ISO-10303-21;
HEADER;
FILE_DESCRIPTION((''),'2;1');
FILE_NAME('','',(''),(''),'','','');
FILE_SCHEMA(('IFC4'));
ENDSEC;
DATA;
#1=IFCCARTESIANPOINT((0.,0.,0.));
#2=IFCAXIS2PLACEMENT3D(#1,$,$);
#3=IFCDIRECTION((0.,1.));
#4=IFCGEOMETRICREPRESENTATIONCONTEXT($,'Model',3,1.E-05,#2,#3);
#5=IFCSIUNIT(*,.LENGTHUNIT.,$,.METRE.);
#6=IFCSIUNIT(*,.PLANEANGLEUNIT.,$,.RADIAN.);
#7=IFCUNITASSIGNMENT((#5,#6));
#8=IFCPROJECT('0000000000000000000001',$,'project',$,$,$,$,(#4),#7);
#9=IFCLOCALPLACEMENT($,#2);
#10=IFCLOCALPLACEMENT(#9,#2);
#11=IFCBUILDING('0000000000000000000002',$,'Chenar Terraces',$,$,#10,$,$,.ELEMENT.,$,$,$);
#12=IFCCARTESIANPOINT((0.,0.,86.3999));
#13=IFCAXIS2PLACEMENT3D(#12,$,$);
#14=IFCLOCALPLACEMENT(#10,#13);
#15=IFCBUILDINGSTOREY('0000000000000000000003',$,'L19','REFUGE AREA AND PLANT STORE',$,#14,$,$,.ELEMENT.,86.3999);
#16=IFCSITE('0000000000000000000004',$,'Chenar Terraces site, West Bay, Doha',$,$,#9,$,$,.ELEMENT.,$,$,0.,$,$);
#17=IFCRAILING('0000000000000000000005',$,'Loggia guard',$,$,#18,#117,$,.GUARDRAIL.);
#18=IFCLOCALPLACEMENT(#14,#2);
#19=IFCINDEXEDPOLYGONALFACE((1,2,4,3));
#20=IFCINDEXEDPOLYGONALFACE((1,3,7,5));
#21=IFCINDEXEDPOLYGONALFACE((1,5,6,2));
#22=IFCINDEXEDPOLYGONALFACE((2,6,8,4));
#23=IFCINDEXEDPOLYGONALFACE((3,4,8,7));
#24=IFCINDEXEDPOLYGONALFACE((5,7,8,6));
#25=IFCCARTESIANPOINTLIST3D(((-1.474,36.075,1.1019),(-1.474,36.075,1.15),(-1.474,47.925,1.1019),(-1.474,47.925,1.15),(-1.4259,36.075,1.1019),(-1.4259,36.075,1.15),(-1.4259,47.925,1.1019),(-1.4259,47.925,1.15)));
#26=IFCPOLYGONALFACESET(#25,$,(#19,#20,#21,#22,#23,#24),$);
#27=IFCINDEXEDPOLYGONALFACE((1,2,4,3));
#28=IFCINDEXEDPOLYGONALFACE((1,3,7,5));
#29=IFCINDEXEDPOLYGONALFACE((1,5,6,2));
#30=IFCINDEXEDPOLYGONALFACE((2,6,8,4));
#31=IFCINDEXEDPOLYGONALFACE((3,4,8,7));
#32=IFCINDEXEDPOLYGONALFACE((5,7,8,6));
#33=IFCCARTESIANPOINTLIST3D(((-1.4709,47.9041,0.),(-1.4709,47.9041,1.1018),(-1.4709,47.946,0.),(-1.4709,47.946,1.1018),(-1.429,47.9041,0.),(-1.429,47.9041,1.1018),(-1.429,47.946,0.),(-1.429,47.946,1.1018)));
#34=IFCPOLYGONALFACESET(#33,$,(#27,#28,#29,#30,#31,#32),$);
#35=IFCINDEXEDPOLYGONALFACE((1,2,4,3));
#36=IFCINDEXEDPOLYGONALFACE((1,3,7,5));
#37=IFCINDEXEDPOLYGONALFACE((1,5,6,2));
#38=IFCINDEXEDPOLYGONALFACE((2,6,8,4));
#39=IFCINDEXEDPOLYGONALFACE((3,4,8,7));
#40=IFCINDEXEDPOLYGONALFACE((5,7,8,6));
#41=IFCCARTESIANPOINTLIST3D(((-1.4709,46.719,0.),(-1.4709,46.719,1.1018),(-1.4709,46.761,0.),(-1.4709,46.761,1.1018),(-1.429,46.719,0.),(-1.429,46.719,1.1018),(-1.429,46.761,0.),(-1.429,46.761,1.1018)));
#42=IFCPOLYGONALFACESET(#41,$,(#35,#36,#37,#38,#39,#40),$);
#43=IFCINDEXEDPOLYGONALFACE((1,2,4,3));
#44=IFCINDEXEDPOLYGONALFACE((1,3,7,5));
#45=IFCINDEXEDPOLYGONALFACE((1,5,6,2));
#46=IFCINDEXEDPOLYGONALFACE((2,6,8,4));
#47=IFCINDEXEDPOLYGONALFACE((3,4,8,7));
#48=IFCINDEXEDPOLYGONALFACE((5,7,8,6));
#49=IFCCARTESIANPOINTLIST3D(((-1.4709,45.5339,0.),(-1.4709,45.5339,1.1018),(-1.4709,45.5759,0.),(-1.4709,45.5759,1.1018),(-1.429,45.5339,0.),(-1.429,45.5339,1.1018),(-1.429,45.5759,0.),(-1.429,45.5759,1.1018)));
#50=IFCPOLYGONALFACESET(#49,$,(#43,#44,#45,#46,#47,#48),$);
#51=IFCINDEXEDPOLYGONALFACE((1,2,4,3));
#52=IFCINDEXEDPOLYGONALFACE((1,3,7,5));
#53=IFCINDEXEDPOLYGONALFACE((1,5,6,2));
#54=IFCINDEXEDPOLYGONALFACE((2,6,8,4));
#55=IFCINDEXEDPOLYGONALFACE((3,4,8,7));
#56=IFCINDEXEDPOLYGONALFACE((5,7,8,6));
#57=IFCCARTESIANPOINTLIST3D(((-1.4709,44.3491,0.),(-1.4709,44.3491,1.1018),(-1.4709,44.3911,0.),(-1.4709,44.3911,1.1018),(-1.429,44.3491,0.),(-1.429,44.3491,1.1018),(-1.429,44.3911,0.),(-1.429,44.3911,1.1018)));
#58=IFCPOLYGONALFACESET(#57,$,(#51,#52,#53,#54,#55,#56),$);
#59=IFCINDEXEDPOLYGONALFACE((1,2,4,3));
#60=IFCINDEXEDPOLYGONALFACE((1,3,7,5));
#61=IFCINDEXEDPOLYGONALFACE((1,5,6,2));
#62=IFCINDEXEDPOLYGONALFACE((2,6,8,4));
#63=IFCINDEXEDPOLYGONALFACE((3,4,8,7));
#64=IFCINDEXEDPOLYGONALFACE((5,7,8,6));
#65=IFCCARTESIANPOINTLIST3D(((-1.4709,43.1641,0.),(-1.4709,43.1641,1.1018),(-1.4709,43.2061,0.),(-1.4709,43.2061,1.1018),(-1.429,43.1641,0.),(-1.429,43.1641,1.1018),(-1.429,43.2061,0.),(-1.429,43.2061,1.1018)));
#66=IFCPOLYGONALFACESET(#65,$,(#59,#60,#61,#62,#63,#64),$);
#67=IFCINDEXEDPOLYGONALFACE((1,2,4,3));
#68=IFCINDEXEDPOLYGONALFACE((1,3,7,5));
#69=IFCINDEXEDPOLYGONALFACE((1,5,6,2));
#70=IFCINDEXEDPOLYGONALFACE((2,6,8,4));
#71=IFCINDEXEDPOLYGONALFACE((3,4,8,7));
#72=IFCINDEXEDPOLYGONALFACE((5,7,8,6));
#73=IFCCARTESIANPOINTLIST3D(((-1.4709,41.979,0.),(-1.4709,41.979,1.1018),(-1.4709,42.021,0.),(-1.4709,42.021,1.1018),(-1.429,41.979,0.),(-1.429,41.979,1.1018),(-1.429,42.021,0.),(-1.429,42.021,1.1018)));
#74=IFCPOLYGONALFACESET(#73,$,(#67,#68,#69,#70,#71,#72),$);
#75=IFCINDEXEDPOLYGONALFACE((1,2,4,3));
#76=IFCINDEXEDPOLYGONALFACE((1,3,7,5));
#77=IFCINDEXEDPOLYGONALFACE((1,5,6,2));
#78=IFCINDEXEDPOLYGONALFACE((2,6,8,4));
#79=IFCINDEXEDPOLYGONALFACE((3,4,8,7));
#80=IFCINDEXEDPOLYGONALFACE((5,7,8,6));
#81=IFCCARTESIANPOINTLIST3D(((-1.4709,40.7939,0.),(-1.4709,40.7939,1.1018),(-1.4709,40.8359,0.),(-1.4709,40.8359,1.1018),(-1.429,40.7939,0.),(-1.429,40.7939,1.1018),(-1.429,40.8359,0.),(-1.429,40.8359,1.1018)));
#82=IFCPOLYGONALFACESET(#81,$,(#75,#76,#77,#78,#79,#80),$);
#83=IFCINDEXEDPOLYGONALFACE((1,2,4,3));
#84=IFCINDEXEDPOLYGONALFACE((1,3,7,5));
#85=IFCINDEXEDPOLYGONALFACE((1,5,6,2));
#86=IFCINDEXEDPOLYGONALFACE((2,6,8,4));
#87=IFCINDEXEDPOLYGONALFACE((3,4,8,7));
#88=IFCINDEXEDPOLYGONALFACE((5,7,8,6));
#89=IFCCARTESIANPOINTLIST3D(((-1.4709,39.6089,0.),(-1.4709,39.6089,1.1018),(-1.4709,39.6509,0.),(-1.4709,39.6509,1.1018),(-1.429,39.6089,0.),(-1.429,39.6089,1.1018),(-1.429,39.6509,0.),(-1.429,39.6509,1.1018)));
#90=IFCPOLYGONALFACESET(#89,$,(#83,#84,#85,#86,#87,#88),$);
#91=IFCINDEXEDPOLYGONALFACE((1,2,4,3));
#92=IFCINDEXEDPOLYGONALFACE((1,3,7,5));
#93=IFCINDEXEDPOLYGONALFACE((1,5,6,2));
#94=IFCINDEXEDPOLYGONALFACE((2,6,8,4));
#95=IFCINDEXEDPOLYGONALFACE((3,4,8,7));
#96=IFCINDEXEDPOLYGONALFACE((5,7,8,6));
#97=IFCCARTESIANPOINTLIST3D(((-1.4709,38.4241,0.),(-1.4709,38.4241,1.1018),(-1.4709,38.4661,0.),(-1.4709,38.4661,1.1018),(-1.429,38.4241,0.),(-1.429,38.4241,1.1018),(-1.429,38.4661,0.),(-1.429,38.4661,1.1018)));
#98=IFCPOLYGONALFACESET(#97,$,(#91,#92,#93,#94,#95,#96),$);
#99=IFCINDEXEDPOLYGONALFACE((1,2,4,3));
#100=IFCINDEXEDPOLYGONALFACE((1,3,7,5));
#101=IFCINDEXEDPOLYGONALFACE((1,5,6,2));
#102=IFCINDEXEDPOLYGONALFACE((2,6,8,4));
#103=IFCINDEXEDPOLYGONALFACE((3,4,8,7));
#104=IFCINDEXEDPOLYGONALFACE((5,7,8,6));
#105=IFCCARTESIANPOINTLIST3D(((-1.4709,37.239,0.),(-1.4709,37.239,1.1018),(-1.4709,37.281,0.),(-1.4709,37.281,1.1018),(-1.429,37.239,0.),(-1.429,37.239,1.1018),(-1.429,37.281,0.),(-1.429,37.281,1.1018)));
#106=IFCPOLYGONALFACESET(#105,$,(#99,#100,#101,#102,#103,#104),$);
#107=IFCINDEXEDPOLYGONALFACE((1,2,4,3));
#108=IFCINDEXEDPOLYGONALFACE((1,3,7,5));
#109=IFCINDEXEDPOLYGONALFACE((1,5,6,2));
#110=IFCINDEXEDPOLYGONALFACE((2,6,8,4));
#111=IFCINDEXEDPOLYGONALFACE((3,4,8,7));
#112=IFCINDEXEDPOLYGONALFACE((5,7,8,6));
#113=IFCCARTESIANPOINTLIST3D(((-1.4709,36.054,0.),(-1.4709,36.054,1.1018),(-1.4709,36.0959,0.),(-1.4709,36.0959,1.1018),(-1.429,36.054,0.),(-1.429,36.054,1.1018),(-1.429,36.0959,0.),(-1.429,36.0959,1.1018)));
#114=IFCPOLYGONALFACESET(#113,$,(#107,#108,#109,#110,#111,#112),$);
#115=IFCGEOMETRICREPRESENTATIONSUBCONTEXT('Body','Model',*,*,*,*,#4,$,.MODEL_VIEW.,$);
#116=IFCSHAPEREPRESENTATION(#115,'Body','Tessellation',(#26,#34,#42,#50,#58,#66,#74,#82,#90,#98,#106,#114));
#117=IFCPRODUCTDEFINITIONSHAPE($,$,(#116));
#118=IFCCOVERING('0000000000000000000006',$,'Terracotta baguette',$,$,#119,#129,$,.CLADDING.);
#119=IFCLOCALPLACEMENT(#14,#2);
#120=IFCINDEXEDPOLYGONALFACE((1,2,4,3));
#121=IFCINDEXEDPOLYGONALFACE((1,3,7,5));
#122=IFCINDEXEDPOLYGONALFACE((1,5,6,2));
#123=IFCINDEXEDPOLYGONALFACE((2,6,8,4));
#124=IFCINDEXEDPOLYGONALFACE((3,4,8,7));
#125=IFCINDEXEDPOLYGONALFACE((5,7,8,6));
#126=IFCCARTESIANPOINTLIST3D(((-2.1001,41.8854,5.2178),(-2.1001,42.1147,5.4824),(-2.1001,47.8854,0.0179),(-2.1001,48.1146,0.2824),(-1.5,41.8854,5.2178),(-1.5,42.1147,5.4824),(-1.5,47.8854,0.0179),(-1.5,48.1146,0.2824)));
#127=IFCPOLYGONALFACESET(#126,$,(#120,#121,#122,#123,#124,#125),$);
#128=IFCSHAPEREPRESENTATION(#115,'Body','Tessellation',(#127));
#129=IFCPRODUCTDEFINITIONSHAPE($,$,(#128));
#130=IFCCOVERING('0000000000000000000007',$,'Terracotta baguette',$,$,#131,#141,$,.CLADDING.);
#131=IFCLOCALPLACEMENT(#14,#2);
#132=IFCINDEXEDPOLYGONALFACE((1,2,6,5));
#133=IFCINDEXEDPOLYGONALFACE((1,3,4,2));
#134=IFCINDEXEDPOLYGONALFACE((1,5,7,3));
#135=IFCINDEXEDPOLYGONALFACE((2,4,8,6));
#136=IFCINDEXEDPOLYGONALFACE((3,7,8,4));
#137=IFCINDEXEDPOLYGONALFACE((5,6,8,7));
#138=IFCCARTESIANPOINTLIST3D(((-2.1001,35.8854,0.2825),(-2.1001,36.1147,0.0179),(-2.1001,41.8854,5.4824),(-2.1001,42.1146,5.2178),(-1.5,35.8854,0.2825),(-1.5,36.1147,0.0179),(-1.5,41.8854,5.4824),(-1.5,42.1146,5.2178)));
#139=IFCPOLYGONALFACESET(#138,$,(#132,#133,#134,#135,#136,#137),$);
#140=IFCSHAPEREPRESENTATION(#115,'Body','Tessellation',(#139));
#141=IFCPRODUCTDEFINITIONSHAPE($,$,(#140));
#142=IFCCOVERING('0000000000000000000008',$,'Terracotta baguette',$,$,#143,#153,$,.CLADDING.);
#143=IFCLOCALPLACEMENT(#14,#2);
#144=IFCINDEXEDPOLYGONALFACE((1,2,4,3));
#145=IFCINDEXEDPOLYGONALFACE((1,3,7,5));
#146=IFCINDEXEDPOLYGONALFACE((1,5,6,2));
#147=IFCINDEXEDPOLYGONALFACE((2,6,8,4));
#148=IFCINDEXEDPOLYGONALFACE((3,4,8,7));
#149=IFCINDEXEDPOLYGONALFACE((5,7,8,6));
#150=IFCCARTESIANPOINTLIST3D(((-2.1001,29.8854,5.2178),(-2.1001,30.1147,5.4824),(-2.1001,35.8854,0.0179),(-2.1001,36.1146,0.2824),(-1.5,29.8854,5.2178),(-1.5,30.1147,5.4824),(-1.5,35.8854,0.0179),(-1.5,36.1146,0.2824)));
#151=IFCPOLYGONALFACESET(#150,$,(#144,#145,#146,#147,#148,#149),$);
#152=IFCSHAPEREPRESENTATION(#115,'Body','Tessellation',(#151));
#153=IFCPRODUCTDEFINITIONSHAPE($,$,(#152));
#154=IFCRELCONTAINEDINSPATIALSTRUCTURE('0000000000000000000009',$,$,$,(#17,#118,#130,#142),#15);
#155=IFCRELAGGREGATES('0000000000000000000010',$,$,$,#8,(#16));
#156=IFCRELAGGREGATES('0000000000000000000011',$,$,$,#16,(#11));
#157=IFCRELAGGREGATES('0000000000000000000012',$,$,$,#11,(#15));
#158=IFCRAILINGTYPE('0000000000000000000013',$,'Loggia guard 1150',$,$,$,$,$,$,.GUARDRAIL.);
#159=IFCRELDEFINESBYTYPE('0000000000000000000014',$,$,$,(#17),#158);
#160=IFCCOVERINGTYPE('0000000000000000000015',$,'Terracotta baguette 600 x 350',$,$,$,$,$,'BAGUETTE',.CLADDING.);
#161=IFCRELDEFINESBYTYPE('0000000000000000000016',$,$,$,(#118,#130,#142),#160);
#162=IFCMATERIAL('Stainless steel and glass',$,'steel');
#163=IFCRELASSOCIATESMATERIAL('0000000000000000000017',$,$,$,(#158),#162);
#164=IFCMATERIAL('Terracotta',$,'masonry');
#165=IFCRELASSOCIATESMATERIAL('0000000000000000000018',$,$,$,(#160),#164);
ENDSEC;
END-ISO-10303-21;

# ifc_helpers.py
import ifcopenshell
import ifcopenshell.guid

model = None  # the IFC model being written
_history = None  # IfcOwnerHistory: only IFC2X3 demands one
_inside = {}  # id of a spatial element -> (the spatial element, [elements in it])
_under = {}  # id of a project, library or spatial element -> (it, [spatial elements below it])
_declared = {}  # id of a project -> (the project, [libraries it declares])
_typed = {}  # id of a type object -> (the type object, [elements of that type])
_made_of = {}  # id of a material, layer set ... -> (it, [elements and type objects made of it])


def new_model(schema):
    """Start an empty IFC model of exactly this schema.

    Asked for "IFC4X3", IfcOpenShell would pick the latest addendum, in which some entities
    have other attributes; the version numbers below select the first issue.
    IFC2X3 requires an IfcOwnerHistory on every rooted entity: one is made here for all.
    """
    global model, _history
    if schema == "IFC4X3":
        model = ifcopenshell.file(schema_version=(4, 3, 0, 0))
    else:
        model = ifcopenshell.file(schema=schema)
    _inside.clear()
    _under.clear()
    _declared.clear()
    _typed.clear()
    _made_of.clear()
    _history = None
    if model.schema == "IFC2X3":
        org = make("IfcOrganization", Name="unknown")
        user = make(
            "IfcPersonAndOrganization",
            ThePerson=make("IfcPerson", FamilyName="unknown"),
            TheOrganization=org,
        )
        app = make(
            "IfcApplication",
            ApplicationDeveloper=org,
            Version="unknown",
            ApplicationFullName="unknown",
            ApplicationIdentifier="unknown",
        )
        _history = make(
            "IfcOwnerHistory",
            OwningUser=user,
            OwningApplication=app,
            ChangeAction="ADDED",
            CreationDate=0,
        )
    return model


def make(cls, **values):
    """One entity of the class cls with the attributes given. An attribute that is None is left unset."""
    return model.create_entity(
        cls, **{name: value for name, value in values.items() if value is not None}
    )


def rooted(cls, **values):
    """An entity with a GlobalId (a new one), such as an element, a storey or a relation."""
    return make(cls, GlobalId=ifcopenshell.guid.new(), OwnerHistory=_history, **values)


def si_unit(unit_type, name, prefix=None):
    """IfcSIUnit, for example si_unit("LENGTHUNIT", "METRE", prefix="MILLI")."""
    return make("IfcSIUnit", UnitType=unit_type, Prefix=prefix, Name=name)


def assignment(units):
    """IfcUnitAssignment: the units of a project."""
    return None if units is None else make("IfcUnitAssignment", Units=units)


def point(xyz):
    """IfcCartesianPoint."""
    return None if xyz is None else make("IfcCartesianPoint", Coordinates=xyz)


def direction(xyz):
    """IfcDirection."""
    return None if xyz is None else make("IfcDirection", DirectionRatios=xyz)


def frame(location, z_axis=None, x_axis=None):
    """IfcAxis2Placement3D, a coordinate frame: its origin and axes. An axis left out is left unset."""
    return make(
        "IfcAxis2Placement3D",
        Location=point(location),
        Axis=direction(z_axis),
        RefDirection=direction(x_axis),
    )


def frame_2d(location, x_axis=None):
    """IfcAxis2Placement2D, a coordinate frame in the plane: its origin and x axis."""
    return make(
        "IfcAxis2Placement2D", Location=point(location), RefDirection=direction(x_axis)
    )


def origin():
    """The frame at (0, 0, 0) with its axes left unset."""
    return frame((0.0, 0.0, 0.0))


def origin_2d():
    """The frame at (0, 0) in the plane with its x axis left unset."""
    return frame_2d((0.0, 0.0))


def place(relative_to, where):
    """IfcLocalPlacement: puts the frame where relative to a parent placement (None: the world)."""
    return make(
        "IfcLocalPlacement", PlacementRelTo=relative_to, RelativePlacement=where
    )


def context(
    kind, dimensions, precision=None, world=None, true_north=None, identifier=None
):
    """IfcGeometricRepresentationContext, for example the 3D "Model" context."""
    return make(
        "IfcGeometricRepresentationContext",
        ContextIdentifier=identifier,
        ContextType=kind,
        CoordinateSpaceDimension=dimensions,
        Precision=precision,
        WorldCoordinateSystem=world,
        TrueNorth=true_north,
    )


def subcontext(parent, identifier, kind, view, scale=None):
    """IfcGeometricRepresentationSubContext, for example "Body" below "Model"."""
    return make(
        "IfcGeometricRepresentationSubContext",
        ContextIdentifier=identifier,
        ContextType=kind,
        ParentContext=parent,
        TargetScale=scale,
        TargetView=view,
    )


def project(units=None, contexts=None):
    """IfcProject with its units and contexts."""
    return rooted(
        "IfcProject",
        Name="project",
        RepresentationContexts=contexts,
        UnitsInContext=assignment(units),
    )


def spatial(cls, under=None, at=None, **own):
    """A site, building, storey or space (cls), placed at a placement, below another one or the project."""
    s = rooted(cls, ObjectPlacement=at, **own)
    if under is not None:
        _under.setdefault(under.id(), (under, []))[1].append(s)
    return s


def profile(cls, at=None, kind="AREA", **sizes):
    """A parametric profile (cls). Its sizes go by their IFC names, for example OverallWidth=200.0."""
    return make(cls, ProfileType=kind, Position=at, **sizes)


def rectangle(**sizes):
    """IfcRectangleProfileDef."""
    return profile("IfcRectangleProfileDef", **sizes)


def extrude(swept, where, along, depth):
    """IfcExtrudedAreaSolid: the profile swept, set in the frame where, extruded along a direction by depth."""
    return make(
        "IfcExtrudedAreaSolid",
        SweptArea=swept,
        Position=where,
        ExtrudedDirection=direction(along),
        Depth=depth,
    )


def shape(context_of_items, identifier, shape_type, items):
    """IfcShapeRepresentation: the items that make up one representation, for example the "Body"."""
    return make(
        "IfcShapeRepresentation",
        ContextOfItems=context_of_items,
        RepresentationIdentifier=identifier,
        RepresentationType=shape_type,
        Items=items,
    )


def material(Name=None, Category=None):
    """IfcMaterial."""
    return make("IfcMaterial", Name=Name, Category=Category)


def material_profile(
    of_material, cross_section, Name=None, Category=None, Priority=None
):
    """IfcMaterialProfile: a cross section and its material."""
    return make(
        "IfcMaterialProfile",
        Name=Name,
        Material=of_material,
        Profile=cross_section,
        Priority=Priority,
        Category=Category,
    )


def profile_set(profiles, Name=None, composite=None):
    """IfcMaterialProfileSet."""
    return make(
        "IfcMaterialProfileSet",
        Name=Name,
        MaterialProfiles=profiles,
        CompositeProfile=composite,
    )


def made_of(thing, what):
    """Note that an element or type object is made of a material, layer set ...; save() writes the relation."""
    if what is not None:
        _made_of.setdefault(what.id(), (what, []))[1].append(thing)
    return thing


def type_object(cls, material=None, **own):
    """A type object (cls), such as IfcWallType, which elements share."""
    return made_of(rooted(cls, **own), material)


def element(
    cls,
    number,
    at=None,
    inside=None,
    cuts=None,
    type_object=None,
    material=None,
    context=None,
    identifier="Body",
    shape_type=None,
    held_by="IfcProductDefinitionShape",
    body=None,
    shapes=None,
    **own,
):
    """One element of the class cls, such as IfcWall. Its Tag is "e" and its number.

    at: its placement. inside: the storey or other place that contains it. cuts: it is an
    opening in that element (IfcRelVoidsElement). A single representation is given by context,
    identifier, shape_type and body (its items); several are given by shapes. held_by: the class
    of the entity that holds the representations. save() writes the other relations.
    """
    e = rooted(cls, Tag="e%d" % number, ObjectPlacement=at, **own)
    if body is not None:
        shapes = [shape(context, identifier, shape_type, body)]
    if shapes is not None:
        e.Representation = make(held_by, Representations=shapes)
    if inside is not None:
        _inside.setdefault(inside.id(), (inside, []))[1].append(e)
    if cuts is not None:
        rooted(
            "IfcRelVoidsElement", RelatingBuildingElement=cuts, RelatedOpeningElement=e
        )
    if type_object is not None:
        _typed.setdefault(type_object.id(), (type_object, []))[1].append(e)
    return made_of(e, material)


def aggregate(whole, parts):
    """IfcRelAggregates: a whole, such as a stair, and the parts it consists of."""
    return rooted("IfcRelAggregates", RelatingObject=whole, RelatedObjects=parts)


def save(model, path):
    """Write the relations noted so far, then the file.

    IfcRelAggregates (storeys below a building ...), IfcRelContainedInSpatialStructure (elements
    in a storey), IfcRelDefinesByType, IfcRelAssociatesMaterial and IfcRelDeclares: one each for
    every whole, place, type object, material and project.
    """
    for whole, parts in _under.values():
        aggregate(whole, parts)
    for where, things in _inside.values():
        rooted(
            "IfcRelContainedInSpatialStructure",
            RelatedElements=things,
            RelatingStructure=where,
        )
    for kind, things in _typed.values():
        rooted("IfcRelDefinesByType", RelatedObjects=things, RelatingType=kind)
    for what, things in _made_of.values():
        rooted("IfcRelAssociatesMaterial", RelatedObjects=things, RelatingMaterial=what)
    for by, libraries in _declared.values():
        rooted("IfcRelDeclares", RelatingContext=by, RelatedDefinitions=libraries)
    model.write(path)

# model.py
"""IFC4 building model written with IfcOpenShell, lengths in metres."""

from ifc_helpers import new_model, si_unit, direction, frame, origin, origin_2d, place, context, subcontext, project, spatial, rectangle, extrude, material, material_profile, profile_set, type_object, element, save


model = new_model("IFC4")

# Units and contexts
model_context = context("Model", 3, precision=1e-05, world=origin(), true_north=direction((0.0, 1.0)))
body_context = subcontext(model_context, "Body", "Model", "MODEL_VIEW")
ifc_project = project(units=[si_unit("LENGTHUNIT", "METRE"), si_unit("PLANEANGLEUNIT", "RADIAN")], contexts=[model_context])

# Site, building, storey
site_placement = place(None, origin())
site = spatial("IfcSite", under=ifc_project, at=site_placement, Name="Chenar Terraces site, West Bay, Doha", CompositionType="ELEMENT", RefElevation=0.0)
building_placement = place(site_placement, origin())
building = spatial("IfcBuilding", under=site, at=building_placement, Name="Chenar Terraces", CompositionType="ELEMENT")
storey_placement = place(building_placement, frame((0.0, 0.0, 86.3999)))
storey = spatial("IfcBuildingStorey", under=building, at=storey_placement, Name="L19", Description="REFUGE AREA AND PLANT STORE", CompositionType="ELEMENT", Elevation=86.3999)

# Railing
ifc_material_1 = material(Name="Stainless steel and glass", Category="steel")
railing_type = type_object("IfcRailingType", Name="Loggia guard 1150", PredefinedType="GUARDRAIL", material=ifc_material_1)
railing_placement = place(storey_placement, frame((-1.45, 47.925, 0.0)))
element("IfcRailing", 1, at=railing_placement, inside=storey, type_object=railing_type, Name="Loggia guard", PredefinedType="GUARDRAIL", context=body_context, shape_type="SweptSolid", body=[
    extrude(rectangle(XDim=0.0481, YDim=0.0481, at=origin_2d()), frame((0.0, 0.0, 1.126), z_axis=(0.0, -1.0, 0.0), x_axis=(1.0, 0.0, 0.0)), (0.0, 0.0, 1.0), 11.8501),
    extrude(rectangle(XDim=0.042, YDim=0.042, at=origin_2d()), origin(), (0.0, 0.0, 1.0), 1.1018),
    extrude(rectangle(XDim=0.042, YDim=0.042, at=origin_2d()), frame((0.0, -1.1851, 0.0)), (0.0, 0.0, 1.0), 1.1018),
    extrude(rectangle(XDim=0.042, YDim=0.042, at=origin_2d()), frame((0.0, -2.3701, 0.0)), (0.0, 0.0, 1.0), 1.1018),
    extrude(rectangle(XDim=0.042, YDim=0.042, at=origin_2d()), frame((0.0, -3.5549, 0.0)), (0.0, 0.0, 1.0), 1.1018),
    extrude(rectangle(XDim=0.042, YDim=0.042, at=origin_2d()), frame((0.0, -4.74, 0.0)), (0.0, 0.0, 1.0), 1.1018),
    extrude(rectangle(XDim=0.042, YDim=0.042, at=origin_2d()), frame((0.0, -5.925, 0.0)), (0.0, 0.0, 1.0), 1.1018),
    extrude(rectangle(XDim=0.042, YDim=0.042, at=origin_2d()), frame((0.0, -7.1101, 0.0)), (0.0, 0.0, 1.0), 1.1018),
    extrude(rectangle(XDim=0.042, YDim=0.042, at=origin_2d()), frame((0.0, -8.2952, 0.0)), (0.0, 0.0, 1.0), 1.1018),
    extrude(rectangle(XDim=0.042, YDim=0.042, at=origin_2d()), frame((0.0, -9.48, 0.0)), (0.0, 0.0, 1.0), 1.1018),
    extrude(rectangle(XDim=0.042, YDim=0.042, at=origin_2d()), frame((0.0, -10.665, 0.0)), (0.0, 0.0, 1.0), 1.1018),
    extrude(rectangle(XDim=0.042, YDim=0.042, at=origin_2d()), frame((0.0, -11.8501, 0.0)), (0.0, 0.0, 1.0), 1.1018),
])

# Coverings
ifc_material_2 = material(Name="Terracotta", Category="masonry")
ifc_material_profile_1 = material_profile(ifc_material_2, rectangle(XDim=0.6001, YDim=0.3501, at=origin_2d()), Name="Terracotta baguette 600 x 350")
ifc_profile_set_1 = profile_set([ifc_material_profile_1], Name="Terracotta")
covering_type = type_object("IfcCoveringType", Name="Terracotta baguette 600 x 350", ElementType="BAGUETTE", PredefinedType="CLADDING", material=ifc_profile_set_1)
for number, where, z_axis, x_axis, name in (
    (2, (-1.8, 48.0, 0.1501), (0.0, -0.755692, 0.654927), (1.0, 0.0, 0.0), "Terracotta baguette"),
    (3, (-1.8, 42.0, 5.3501), (0.0, -0.755692, -0.654927), (1.0, 0.0, 0.0), "Terracotta baguette"),
    (4, (-1.8, 36.0, 0.1501), (0.0, -0.755692, 0.654927), (1.0, 0.0, 0.0), "Terracotta baguette"),
):
    element("IfcCovering", number, at=place(storey_placement, frame(where, z_axis=z_axis, x_axis=x_axis)), inside=storey, type_object=covering_type, Name=name, PredefinedType="CLADDING", context=body_context, shape_type="SweptSolid", body=[
        extrude(rectangle(XDim=0.6001, YDim=0.3501, at=origin_2d()), origin(), (0.0, 0.0, 1.0), 7.9397),
    ])

save(model, "model.ifc")
